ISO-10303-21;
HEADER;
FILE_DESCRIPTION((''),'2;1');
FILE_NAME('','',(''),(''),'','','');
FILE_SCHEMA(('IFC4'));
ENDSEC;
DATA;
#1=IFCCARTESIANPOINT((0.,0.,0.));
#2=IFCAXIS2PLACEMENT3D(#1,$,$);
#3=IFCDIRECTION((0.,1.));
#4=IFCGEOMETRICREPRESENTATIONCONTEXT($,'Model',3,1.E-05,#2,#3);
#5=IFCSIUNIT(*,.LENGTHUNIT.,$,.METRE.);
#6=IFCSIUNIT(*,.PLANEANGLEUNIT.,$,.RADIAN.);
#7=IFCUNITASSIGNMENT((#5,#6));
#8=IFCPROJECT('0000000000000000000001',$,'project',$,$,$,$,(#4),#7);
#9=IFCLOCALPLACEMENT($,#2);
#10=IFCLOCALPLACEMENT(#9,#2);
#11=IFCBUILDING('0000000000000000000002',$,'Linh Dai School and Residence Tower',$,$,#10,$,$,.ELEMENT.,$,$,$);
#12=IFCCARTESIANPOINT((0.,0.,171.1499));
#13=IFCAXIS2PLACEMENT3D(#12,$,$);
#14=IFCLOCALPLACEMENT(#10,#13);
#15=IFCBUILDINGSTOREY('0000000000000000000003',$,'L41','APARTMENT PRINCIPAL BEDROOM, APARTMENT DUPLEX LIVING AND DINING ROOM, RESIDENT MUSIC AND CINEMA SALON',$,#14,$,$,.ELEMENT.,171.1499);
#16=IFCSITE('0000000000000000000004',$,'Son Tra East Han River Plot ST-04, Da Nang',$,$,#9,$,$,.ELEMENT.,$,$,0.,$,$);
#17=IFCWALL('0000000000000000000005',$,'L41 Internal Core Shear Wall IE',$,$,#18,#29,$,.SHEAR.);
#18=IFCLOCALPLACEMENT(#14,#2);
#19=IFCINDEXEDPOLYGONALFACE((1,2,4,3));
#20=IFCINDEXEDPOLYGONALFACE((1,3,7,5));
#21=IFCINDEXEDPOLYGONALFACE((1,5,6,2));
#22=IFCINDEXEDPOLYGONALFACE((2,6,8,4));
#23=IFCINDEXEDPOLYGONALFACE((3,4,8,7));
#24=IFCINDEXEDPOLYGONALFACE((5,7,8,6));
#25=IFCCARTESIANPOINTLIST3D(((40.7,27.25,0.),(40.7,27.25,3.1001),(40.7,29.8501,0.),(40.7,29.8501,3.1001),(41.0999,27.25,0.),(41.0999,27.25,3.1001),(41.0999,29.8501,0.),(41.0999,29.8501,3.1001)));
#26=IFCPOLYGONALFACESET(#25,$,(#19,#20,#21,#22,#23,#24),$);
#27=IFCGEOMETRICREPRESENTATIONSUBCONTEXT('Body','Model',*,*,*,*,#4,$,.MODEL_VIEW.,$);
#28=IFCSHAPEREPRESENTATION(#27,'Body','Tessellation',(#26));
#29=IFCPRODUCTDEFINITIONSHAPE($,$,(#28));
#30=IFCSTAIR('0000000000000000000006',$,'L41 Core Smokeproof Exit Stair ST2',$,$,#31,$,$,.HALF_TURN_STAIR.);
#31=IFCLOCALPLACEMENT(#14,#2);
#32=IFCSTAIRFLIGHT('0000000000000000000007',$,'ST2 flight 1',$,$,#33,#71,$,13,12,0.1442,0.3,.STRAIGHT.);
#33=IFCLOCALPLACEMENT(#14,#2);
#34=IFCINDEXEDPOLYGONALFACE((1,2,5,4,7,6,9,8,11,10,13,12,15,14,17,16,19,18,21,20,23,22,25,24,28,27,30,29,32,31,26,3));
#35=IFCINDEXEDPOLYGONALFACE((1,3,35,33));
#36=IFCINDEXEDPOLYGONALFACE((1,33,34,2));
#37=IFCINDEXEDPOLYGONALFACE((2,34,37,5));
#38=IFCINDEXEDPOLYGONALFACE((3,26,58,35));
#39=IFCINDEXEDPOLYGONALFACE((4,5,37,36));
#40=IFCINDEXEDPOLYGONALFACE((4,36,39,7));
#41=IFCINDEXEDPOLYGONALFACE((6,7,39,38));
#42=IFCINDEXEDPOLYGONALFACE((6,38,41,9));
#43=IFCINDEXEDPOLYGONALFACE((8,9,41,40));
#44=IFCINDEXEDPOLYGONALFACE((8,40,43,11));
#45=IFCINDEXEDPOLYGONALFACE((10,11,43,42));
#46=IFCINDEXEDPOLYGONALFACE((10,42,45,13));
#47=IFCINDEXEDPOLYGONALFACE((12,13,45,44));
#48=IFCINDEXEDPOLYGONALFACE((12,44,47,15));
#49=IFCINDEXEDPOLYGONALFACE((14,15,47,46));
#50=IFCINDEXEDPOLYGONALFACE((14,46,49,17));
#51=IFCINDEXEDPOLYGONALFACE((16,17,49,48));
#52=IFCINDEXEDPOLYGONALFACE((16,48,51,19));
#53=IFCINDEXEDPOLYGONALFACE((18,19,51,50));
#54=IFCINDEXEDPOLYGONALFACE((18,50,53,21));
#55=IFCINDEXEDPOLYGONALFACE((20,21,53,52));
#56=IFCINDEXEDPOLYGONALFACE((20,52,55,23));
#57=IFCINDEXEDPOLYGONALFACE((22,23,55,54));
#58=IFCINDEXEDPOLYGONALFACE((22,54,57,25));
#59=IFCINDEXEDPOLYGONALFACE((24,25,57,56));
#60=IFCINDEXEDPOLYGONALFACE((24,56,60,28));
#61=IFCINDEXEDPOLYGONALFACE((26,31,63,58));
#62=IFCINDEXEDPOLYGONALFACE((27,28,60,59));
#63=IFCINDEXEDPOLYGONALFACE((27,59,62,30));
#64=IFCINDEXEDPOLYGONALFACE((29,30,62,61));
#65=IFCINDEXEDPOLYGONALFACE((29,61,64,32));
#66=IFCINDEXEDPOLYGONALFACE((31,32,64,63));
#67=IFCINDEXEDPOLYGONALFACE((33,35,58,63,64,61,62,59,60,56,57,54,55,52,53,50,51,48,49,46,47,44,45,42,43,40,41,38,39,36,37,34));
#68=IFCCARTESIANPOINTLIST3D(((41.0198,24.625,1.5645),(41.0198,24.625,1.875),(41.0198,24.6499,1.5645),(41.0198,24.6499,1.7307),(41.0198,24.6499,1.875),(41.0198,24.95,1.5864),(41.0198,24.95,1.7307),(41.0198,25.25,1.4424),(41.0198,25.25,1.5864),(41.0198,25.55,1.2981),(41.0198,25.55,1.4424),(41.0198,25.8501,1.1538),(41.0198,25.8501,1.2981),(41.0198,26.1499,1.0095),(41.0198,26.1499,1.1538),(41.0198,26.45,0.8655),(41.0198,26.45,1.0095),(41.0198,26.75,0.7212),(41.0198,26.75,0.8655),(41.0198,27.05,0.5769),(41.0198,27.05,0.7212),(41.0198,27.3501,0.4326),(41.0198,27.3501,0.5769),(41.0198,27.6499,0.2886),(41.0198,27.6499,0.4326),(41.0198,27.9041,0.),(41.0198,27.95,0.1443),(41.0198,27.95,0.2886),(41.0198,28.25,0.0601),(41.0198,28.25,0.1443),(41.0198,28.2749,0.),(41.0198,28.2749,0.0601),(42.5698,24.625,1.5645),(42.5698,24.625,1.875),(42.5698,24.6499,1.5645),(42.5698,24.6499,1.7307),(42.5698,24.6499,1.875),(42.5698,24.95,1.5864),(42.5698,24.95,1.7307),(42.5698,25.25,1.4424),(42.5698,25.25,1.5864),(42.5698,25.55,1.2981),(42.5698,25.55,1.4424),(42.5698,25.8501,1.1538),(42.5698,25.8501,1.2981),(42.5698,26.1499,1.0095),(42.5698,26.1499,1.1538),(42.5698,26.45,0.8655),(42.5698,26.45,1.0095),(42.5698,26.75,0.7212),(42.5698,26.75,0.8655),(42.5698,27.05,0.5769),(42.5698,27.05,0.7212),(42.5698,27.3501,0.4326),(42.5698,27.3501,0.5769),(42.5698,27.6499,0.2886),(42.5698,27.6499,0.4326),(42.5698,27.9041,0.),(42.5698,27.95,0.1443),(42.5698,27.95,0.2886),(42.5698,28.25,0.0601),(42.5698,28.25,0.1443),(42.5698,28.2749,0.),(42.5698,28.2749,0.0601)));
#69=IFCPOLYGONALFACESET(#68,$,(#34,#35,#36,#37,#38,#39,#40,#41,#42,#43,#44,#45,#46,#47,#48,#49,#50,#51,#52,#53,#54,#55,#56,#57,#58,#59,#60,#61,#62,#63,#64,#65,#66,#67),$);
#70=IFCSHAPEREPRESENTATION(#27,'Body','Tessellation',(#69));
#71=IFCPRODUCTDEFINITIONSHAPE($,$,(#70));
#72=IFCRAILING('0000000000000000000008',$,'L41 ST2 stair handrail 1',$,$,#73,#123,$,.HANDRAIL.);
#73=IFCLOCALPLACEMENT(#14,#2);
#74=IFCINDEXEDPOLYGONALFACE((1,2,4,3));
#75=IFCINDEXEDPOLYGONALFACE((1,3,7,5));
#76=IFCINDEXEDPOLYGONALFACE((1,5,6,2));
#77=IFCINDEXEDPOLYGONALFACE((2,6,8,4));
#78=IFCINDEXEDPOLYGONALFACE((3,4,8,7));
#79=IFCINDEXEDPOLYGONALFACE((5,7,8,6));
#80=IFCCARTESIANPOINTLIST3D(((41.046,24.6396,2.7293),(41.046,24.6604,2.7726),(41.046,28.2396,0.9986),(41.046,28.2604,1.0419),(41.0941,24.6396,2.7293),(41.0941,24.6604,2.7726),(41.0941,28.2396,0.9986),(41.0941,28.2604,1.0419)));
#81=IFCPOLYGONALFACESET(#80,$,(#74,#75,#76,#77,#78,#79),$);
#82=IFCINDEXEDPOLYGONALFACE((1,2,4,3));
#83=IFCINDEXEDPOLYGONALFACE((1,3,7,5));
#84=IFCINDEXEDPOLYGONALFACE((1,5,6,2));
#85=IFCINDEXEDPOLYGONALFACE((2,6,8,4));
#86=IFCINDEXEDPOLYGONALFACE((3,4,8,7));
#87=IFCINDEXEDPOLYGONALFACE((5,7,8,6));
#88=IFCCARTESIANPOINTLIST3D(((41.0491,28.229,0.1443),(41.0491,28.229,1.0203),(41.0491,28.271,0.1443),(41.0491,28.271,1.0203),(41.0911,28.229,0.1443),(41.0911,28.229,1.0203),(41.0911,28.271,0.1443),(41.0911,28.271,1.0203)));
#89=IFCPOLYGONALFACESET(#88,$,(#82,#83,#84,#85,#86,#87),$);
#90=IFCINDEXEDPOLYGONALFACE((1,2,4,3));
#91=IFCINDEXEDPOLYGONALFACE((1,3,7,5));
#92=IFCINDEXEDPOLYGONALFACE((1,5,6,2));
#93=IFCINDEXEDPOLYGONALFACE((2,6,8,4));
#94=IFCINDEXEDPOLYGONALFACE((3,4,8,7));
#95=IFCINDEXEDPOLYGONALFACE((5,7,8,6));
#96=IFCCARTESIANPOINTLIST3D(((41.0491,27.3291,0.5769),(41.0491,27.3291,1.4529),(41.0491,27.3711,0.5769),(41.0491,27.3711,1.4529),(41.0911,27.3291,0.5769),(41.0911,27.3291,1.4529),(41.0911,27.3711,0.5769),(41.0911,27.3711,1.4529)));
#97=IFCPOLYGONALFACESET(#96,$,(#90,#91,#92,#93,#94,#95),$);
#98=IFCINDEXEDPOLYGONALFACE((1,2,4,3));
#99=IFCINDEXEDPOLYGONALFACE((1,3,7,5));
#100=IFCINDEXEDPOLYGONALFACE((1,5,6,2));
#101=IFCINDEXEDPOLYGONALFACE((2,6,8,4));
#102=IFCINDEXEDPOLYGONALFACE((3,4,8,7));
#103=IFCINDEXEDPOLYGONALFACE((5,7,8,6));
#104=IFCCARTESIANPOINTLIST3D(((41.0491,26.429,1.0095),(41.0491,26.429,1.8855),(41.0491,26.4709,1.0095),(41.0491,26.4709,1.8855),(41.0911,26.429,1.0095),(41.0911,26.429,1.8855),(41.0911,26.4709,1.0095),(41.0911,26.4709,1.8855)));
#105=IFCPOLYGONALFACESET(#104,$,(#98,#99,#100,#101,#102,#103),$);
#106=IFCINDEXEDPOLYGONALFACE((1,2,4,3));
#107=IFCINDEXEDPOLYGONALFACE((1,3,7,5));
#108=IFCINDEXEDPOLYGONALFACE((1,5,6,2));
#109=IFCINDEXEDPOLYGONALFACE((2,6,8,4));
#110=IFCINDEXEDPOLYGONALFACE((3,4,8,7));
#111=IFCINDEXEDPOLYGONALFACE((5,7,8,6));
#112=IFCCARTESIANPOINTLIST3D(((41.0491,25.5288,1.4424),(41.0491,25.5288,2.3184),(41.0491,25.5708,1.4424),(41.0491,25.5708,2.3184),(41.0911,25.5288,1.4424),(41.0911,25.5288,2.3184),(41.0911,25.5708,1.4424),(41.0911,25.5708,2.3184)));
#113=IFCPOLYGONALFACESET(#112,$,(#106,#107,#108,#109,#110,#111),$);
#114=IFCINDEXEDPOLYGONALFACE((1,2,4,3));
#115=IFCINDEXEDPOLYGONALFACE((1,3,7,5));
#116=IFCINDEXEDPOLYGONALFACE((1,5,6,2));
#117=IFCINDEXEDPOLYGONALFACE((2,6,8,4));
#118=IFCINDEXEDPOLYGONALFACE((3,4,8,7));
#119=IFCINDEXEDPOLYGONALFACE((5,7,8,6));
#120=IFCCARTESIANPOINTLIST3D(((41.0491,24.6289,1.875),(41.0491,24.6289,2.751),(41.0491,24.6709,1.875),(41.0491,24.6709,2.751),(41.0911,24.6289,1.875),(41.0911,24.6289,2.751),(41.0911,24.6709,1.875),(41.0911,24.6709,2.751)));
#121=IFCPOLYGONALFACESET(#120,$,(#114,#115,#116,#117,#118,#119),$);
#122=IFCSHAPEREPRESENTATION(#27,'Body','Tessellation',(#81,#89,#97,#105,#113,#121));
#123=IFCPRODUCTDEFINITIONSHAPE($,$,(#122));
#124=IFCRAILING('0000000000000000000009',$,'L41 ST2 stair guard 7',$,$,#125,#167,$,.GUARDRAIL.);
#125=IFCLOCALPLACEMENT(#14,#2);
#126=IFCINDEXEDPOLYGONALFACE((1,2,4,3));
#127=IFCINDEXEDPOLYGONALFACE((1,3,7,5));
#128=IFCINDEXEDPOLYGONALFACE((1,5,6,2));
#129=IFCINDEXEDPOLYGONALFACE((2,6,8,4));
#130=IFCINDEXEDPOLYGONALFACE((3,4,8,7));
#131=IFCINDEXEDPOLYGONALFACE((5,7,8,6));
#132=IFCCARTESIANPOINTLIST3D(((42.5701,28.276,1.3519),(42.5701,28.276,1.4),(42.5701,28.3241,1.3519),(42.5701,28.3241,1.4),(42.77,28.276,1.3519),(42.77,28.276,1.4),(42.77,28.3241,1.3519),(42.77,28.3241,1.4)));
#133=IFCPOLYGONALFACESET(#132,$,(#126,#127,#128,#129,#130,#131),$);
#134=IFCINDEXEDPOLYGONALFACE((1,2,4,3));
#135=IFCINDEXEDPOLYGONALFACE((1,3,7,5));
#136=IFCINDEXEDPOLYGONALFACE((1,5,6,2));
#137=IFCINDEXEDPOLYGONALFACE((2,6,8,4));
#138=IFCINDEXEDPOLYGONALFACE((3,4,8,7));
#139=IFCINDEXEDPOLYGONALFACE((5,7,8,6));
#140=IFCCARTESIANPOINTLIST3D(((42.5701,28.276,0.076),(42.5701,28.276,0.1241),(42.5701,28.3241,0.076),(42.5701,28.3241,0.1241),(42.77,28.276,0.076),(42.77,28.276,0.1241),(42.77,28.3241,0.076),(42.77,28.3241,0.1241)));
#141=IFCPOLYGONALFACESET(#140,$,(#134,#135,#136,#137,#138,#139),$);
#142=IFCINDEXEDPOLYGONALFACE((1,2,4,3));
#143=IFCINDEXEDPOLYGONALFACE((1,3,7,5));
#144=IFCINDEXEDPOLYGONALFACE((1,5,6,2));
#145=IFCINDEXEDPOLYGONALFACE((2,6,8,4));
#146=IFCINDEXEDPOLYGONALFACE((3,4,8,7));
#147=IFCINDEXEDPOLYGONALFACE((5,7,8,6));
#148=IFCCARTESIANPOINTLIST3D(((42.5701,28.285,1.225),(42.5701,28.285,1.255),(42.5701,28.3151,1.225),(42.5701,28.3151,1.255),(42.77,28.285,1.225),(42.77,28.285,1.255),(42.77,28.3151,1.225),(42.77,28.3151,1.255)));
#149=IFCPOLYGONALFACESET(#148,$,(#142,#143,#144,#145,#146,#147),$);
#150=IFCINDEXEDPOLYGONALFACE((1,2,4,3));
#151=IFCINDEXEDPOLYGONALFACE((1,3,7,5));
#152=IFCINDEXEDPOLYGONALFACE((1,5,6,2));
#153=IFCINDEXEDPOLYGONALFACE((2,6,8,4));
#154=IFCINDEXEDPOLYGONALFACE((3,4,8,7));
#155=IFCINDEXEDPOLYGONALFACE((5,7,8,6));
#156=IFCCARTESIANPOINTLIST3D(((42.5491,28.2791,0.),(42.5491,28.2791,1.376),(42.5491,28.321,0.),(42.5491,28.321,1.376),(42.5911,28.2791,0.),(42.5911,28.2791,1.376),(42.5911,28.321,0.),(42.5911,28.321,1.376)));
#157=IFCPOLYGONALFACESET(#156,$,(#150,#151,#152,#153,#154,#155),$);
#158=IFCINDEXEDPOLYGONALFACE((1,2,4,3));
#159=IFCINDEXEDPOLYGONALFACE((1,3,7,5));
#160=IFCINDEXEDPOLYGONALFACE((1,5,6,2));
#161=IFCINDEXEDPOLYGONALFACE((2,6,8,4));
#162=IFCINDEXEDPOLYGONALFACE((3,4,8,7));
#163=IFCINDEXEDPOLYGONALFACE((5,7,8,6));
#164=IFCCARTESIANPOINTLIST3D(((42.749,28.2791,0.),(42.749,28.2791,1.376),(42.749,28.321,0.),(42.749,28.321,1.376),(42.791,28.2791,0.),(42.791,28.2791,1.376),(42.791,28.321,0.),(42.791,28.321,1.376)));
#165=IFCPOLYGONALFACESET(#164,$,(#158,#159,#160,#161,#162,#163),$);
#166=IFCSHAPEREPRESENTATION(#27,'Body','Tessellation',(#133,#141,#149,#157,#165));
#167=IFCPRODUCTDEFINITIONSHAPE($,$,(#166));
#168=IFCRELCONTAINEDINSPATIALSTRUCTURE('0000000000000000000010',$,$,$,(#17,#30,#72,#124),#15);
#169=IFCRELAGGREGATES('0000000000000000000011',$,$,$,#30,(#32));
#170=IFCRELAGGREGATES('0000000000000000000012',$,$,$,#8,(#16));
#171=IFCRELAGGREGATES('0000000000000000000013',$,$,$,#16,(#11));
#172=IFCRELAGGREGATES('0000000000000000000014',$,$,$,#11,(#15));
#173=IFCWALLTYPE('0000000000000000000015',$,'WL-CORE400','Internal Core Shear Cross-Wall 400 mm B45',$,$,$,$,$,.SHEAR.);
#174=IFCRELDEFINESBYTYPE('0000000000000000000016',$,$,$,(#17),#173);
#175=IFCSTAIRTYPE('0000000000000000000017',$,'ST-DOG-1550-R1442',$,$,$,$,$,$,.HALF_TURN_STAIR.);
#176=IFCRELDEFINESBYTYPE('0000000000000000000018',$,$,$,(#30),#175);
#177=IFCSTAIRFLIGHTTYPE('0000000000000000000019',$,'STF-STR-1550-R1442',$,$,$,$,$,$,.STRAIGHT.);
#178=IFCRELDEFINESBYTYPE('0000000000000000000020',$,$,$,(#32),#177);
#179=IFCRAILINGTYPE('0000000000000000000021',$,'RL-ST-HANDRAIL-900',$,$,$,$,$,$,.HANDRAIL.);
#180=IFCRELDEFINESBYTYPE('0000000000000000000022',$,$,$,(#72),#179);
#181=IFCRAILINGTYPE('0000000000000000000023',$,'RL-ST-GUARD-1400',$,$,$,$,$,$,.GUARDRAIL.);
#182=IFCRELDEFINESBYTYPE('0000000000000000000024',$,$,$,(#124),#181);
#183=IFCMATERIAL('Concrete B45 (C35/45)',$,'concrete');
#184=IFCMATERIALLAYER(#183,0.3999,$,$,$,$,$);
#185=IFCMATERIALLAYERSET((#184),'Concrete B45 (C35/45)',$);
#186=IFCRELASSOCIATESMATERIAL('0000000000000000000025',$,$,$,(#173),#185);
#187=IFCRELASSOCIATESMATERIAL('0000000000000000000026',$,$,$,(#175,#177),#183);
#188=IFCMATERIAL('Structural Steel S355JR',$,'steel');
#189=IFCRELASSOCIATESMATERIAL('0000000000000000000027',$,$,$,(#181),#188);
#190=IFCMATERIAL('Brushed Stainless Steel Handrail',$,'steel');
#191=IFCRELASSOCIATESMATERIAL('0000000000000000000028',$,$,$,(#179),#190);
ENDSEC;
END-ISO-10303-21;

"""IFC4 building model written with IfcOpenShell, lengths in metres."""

from ifc_helpers import new_model, si_unit, direction, frame, frame_2d, origin, origin_2d, place, context, subcontext, project, spatial, polyline, rectangle, outline, extrude, source, transform, mapped, material, layer, layer_set, type_object, element, aggregate, save


model = new_model("IFC4")

# Units and contexts
model_context = context("Model", 3, precision=1e-05, world=origin(), true_north=direction((0.0, 1.0)))
body_context = subcontext(model_context, "Body", "Model", "MODEL_VIEW")
ifc_project = project(units=[si_unit("LENGTHUNIT", "METRE"), si_unit("PLANEANGLEUNIT", "RADIAN")], contexts=[model_context])

# Site, building, storey
site_placement = place(None, origin())
site = spatial("IfcSite", under=ifc_project, at=site_placement, Name="Son Tra East Han River Plot ST-04, Da Nang", CompositionType="ELEMENT", RefElevation=0.0)
building_placement = place(site_placement, origin())
building = spatial("IfcBuilding", under=site, at=building_placement, Name="Linh Dai School and Residence Tower", CompositionType="ELEMENT")
storey_placement = place(building_placement, frame((0.0, 0.0, 171.1499)))
storey = spatial("IfcBuildingStorey", under=building, at=storey_placement, Name="L41", Description="APARTMENT PRINCIPAL BEDROOM, APARTMENT DUPLEX LIVING AND DINING ROOM, RESIDENT MUSIC AND CINEMA SALON", CompositionType="ELEMENT", Elevation=171.1499)

# Shared definitions
ifc_material_1 = material(Name="Structural Steel S355JR", Category="steel")

# Wall
ifc_material_2 = material(Name="Concrete B45 (C35/45)", Category="concrete")
ifc_layer_1 = layer(ifc_material_2, 0.3999)
ifc_layer_set_1 = layer_set([ifc_layer_1], Name="Concrete B45 (C35/45)")
wall_type_1 = type_object("IfcWallType", Name="WL-CORE400", Description="Internal Core Shear Cross-Wall 400 mm B45", PredefinedType="SHEAR", material=ifc_layer_set_1)
wall_1_placement = place(storey_placement, frame((40.8999, 27.25, 0.0), z_axis=(0.0, 0.0, 1.0), x_axis=(0.0, 1.0, 0.0)))
element("IfcWall", 1, at=wall_1_placement, inside=storey, type_object=wall_type_1, Name="L41 Internal Core Shear Wall IE", PredefinedType="SHEAR", context=body_context, shape_type="SweptSolid", body=[
    extrude(rectangle(XDim=2.6001, YDim=0.3999, at=frame_2d((1.3, 0.0))), origin(), (0.0, 0.0, 1.0), 3.1001),
])

# Stair, stair flight
stair_type = type_object("IfcStairType", Name="ST-DOG-1550-R1442", PredefinedType="HALF_TURN_STAIR", material=ifc_material_2)
stair_placement = place(storey_placement, origin())
stair = element("IfcStair", 2, at=stair_placement, inside=storey, type_object=stair_type, Name="L41 Core Smokeproof Exit Stair ST2", PredefinedType="HALF_TURN_STAIR")
stair_flight_type = type_object("IfcStairFlightType", Name="STF-STR-1550-R1442", PredefinedType="STRAIGHT", material=ifc_material_2)
shared_shape_1 = source(origin(), body_context, "Body", "SweptSolid", [
    extrude(outline(polyline([(-0.0249, 0.0), (-0.0249, 0.0601), (0.0, 0.0601), (0.0, 0.1443), (0.3, 0.1443), (0.3, 0.2886), (0.6001, 0.2886), (0.6001, 0.4326), (0.8999, 0.4326), (0.8999, 0.5769), (1.2, 0.5769), (1.2, 0.7212), (1.5, 0.7212), (1.5, 0.8655), (1.8, 0.8655), (1.8, 1.0095), (2.1001, 1.0095), (2.1001, 1.1538), (2.3999, 1.1538), (2.3999, 1.2981), (2.7, 1.2981), (2.7, 1.4424), (3.0, 1.4424), (3.0, 1.5864), (3.3, 1.5864), (3.3, 1.7307), (3.6001, 1.7307), (3.6001, 1.875), (3.625, 1.875), (3.625, 1.5645), (3.6001, 1.5645), (0.3459, 0.0), (-0.0249, 0.0)])), frame((0.0, 0.7749, 0.0), z_axis=(0.0, -1.0, 0.0), x_axis=(1.0, 0.0, 0.0)), (0.0, 0.0, 1.0), 1.55),
])
stair_flight_placement = place(storey_placement, frame((41.7949, 28.25, 0.0), z_axis=(0.0, 0.0, 1.0), x_axis=(0.0, -1.0, 0.0)))
stair_flight = element("IfcStairFlight", 3, at=stair_flight_placement, type_object=stair_flight_type, Name="ST2 flight 1", NumberOfRisers=13, NumberOfTreads=12, PredefinedType="STRAIGHT", RiserHeight=0.1442, TreadLength=0.3, context=body_context, shape_type="MappedRepresentation", body=[
    mapped(shared_shape_1, transform((0.0, 0.0, 0.0), x_axis=(1.0, 0.0, 0.0), y_axis=(0.0, 1.0, 0.0), z_axis=(0.0, 0.0, 1.0), scale=1.0)),
])
aggregate(stair, [stair_flight])

# Railings
railing_type_1 = type_object("IfcRailingType", Name="RL-ST-GUARD-1400", PredefinedType="GUARDRAIL", material=ifc_material_1)
ifc_material_3 = material(Name="Brushed Stainless Steel Handrail", Category="steel")
railing_type_2 = type_object("IfcRailingType", Name="RL-ST-HANDRAIL-900", PredefinedType="HANDRAIL", material=ifc_material_3)
shared_shape_2 = source(origin(), body_context, "Body", "SweptSolid", [
    extrude(rectangle(XDim=0.0481, YDim=0.0481, at=origin_2d()), frame((0.0, 0.0, 0.876), z_axis=(0.0, -0.901263, 0.433273), x_axis=(1.0, 0.0, 0.0)), (0.0, 0.0, 1.0), 3.9944),
    extrude(rectangle(XDim=0.042, YDim=0.042, at=origin_2d()), origin(), (0.0, 0.0, 1.0), 0.876),
    extrude(rectangle(XDim=0.042, YDim=0.042, at=origin_2d()), frame((0.0, -0.8999, 0.4326)), (0.0, 0.0, 1.0), 0.876),
    extrude(rectangle(XDim=0.042, YDim=0.042, at=origin_2d()), frame((0.0, -1.8, 0.8652)), (0.0, 0.0, 1.0), 0.876),
    extrude(rectangle(XDim=0.042, YDim=0.042, at=origin_2d()), frame((0.0, -2.7002, 1.2981)), (0.0, 0.0, 1.0), 0.876),
    extrude(rectangle(XDim=0.042, YDim=0.042, at=origin_2d()), frame((0.0, -3.6001, 1.7307)), (0.0, 0.0, 1.0), 0.876),
])
railing_1_placement = place(storey_placement, frame((41.0701, 28.25, 0.1443)))
element("IfcRailing", 4, at=railing_1_placement, inside=storey, type_object=railing_type_2, Name="L41 ST2 stair handrail 1", PredefinedType="HANDRAIL", context=body_context, shape_type="MappedRepresentation", body=[
    mapped(shared_shape_2, transform((0.0, 0.0, 0.0), x_axis=(1.0, 0.0, 0.0), y_axis=(0.0, 1.0, 0.0), z_axis=(0.0, 0.0, 1.0), scale=1.0)),
])
shared_shape_3 = source(origin(), body_context, "Body", "SweptSolid", [
    extrude(rectangle(XDim=0.0481, YDim=0.0481, at=origin_2d()), frame((0.0, 0.0, 1.376), z_axis=(1.0, 0.0, 0.0), x_axis=(0.0, 1.0, 0.0)), (0.0, 0.0, 1.0), 0.2),
    extrude(rectangle(XDim=0.0481, YDim=0.0481, at=origin_2d()), frame((0.0, 0.0, 0.1001), z_axis=(1.0, 0.0, 0.0), x_axis=(0.0, 1.0, 0.0)), (0.0, 0.0, 1.0), 0.2),
    extrude(rectangle(XDim=0.03, YDim=0.03, at=origin_2d()), frame((0.0, 0.0, 1.24), z_axis=(1.0, 0.0, 0.0), x_axis=(0.0, 1.0, 0.0)), (0.0, 0.0, 1.0), 0.2),
    extrude(rectangle(XDim=0.042, YDim=0.042, at=origin_2d()), origin(), (0.0, 0.0, 1.0), 1.376),
    extrude(rectangle(XDim=0.042, YDim=0.042, at=origin_2d()), frame((0.2, 0.0, 0.0)), (0.0, 0.0, 1.0), 1.376),
])
railing_2_placement = place(storey_placement, frame((42.5701, 28.3, 0.0)))
element("IfcRailing", 5, at=railing_2_placement, inside=storey, type_object=railing_type_1, Name="L41 ST2 stair guard 7", PredefinedType="GUARDRAIL", context=body_context, shape_type="MappedRepresentation", body=[
    mapped(shared_shape_3, transform((0.0, 0.0, 0.0), x_axis=(1.0, 0.0, 0.0), y_axis=(0.0, 1.0, 0.0), z_axis=(0.0, 0.0, 1.0), scale=1.0)),
])

save(model, "model.ifc")
